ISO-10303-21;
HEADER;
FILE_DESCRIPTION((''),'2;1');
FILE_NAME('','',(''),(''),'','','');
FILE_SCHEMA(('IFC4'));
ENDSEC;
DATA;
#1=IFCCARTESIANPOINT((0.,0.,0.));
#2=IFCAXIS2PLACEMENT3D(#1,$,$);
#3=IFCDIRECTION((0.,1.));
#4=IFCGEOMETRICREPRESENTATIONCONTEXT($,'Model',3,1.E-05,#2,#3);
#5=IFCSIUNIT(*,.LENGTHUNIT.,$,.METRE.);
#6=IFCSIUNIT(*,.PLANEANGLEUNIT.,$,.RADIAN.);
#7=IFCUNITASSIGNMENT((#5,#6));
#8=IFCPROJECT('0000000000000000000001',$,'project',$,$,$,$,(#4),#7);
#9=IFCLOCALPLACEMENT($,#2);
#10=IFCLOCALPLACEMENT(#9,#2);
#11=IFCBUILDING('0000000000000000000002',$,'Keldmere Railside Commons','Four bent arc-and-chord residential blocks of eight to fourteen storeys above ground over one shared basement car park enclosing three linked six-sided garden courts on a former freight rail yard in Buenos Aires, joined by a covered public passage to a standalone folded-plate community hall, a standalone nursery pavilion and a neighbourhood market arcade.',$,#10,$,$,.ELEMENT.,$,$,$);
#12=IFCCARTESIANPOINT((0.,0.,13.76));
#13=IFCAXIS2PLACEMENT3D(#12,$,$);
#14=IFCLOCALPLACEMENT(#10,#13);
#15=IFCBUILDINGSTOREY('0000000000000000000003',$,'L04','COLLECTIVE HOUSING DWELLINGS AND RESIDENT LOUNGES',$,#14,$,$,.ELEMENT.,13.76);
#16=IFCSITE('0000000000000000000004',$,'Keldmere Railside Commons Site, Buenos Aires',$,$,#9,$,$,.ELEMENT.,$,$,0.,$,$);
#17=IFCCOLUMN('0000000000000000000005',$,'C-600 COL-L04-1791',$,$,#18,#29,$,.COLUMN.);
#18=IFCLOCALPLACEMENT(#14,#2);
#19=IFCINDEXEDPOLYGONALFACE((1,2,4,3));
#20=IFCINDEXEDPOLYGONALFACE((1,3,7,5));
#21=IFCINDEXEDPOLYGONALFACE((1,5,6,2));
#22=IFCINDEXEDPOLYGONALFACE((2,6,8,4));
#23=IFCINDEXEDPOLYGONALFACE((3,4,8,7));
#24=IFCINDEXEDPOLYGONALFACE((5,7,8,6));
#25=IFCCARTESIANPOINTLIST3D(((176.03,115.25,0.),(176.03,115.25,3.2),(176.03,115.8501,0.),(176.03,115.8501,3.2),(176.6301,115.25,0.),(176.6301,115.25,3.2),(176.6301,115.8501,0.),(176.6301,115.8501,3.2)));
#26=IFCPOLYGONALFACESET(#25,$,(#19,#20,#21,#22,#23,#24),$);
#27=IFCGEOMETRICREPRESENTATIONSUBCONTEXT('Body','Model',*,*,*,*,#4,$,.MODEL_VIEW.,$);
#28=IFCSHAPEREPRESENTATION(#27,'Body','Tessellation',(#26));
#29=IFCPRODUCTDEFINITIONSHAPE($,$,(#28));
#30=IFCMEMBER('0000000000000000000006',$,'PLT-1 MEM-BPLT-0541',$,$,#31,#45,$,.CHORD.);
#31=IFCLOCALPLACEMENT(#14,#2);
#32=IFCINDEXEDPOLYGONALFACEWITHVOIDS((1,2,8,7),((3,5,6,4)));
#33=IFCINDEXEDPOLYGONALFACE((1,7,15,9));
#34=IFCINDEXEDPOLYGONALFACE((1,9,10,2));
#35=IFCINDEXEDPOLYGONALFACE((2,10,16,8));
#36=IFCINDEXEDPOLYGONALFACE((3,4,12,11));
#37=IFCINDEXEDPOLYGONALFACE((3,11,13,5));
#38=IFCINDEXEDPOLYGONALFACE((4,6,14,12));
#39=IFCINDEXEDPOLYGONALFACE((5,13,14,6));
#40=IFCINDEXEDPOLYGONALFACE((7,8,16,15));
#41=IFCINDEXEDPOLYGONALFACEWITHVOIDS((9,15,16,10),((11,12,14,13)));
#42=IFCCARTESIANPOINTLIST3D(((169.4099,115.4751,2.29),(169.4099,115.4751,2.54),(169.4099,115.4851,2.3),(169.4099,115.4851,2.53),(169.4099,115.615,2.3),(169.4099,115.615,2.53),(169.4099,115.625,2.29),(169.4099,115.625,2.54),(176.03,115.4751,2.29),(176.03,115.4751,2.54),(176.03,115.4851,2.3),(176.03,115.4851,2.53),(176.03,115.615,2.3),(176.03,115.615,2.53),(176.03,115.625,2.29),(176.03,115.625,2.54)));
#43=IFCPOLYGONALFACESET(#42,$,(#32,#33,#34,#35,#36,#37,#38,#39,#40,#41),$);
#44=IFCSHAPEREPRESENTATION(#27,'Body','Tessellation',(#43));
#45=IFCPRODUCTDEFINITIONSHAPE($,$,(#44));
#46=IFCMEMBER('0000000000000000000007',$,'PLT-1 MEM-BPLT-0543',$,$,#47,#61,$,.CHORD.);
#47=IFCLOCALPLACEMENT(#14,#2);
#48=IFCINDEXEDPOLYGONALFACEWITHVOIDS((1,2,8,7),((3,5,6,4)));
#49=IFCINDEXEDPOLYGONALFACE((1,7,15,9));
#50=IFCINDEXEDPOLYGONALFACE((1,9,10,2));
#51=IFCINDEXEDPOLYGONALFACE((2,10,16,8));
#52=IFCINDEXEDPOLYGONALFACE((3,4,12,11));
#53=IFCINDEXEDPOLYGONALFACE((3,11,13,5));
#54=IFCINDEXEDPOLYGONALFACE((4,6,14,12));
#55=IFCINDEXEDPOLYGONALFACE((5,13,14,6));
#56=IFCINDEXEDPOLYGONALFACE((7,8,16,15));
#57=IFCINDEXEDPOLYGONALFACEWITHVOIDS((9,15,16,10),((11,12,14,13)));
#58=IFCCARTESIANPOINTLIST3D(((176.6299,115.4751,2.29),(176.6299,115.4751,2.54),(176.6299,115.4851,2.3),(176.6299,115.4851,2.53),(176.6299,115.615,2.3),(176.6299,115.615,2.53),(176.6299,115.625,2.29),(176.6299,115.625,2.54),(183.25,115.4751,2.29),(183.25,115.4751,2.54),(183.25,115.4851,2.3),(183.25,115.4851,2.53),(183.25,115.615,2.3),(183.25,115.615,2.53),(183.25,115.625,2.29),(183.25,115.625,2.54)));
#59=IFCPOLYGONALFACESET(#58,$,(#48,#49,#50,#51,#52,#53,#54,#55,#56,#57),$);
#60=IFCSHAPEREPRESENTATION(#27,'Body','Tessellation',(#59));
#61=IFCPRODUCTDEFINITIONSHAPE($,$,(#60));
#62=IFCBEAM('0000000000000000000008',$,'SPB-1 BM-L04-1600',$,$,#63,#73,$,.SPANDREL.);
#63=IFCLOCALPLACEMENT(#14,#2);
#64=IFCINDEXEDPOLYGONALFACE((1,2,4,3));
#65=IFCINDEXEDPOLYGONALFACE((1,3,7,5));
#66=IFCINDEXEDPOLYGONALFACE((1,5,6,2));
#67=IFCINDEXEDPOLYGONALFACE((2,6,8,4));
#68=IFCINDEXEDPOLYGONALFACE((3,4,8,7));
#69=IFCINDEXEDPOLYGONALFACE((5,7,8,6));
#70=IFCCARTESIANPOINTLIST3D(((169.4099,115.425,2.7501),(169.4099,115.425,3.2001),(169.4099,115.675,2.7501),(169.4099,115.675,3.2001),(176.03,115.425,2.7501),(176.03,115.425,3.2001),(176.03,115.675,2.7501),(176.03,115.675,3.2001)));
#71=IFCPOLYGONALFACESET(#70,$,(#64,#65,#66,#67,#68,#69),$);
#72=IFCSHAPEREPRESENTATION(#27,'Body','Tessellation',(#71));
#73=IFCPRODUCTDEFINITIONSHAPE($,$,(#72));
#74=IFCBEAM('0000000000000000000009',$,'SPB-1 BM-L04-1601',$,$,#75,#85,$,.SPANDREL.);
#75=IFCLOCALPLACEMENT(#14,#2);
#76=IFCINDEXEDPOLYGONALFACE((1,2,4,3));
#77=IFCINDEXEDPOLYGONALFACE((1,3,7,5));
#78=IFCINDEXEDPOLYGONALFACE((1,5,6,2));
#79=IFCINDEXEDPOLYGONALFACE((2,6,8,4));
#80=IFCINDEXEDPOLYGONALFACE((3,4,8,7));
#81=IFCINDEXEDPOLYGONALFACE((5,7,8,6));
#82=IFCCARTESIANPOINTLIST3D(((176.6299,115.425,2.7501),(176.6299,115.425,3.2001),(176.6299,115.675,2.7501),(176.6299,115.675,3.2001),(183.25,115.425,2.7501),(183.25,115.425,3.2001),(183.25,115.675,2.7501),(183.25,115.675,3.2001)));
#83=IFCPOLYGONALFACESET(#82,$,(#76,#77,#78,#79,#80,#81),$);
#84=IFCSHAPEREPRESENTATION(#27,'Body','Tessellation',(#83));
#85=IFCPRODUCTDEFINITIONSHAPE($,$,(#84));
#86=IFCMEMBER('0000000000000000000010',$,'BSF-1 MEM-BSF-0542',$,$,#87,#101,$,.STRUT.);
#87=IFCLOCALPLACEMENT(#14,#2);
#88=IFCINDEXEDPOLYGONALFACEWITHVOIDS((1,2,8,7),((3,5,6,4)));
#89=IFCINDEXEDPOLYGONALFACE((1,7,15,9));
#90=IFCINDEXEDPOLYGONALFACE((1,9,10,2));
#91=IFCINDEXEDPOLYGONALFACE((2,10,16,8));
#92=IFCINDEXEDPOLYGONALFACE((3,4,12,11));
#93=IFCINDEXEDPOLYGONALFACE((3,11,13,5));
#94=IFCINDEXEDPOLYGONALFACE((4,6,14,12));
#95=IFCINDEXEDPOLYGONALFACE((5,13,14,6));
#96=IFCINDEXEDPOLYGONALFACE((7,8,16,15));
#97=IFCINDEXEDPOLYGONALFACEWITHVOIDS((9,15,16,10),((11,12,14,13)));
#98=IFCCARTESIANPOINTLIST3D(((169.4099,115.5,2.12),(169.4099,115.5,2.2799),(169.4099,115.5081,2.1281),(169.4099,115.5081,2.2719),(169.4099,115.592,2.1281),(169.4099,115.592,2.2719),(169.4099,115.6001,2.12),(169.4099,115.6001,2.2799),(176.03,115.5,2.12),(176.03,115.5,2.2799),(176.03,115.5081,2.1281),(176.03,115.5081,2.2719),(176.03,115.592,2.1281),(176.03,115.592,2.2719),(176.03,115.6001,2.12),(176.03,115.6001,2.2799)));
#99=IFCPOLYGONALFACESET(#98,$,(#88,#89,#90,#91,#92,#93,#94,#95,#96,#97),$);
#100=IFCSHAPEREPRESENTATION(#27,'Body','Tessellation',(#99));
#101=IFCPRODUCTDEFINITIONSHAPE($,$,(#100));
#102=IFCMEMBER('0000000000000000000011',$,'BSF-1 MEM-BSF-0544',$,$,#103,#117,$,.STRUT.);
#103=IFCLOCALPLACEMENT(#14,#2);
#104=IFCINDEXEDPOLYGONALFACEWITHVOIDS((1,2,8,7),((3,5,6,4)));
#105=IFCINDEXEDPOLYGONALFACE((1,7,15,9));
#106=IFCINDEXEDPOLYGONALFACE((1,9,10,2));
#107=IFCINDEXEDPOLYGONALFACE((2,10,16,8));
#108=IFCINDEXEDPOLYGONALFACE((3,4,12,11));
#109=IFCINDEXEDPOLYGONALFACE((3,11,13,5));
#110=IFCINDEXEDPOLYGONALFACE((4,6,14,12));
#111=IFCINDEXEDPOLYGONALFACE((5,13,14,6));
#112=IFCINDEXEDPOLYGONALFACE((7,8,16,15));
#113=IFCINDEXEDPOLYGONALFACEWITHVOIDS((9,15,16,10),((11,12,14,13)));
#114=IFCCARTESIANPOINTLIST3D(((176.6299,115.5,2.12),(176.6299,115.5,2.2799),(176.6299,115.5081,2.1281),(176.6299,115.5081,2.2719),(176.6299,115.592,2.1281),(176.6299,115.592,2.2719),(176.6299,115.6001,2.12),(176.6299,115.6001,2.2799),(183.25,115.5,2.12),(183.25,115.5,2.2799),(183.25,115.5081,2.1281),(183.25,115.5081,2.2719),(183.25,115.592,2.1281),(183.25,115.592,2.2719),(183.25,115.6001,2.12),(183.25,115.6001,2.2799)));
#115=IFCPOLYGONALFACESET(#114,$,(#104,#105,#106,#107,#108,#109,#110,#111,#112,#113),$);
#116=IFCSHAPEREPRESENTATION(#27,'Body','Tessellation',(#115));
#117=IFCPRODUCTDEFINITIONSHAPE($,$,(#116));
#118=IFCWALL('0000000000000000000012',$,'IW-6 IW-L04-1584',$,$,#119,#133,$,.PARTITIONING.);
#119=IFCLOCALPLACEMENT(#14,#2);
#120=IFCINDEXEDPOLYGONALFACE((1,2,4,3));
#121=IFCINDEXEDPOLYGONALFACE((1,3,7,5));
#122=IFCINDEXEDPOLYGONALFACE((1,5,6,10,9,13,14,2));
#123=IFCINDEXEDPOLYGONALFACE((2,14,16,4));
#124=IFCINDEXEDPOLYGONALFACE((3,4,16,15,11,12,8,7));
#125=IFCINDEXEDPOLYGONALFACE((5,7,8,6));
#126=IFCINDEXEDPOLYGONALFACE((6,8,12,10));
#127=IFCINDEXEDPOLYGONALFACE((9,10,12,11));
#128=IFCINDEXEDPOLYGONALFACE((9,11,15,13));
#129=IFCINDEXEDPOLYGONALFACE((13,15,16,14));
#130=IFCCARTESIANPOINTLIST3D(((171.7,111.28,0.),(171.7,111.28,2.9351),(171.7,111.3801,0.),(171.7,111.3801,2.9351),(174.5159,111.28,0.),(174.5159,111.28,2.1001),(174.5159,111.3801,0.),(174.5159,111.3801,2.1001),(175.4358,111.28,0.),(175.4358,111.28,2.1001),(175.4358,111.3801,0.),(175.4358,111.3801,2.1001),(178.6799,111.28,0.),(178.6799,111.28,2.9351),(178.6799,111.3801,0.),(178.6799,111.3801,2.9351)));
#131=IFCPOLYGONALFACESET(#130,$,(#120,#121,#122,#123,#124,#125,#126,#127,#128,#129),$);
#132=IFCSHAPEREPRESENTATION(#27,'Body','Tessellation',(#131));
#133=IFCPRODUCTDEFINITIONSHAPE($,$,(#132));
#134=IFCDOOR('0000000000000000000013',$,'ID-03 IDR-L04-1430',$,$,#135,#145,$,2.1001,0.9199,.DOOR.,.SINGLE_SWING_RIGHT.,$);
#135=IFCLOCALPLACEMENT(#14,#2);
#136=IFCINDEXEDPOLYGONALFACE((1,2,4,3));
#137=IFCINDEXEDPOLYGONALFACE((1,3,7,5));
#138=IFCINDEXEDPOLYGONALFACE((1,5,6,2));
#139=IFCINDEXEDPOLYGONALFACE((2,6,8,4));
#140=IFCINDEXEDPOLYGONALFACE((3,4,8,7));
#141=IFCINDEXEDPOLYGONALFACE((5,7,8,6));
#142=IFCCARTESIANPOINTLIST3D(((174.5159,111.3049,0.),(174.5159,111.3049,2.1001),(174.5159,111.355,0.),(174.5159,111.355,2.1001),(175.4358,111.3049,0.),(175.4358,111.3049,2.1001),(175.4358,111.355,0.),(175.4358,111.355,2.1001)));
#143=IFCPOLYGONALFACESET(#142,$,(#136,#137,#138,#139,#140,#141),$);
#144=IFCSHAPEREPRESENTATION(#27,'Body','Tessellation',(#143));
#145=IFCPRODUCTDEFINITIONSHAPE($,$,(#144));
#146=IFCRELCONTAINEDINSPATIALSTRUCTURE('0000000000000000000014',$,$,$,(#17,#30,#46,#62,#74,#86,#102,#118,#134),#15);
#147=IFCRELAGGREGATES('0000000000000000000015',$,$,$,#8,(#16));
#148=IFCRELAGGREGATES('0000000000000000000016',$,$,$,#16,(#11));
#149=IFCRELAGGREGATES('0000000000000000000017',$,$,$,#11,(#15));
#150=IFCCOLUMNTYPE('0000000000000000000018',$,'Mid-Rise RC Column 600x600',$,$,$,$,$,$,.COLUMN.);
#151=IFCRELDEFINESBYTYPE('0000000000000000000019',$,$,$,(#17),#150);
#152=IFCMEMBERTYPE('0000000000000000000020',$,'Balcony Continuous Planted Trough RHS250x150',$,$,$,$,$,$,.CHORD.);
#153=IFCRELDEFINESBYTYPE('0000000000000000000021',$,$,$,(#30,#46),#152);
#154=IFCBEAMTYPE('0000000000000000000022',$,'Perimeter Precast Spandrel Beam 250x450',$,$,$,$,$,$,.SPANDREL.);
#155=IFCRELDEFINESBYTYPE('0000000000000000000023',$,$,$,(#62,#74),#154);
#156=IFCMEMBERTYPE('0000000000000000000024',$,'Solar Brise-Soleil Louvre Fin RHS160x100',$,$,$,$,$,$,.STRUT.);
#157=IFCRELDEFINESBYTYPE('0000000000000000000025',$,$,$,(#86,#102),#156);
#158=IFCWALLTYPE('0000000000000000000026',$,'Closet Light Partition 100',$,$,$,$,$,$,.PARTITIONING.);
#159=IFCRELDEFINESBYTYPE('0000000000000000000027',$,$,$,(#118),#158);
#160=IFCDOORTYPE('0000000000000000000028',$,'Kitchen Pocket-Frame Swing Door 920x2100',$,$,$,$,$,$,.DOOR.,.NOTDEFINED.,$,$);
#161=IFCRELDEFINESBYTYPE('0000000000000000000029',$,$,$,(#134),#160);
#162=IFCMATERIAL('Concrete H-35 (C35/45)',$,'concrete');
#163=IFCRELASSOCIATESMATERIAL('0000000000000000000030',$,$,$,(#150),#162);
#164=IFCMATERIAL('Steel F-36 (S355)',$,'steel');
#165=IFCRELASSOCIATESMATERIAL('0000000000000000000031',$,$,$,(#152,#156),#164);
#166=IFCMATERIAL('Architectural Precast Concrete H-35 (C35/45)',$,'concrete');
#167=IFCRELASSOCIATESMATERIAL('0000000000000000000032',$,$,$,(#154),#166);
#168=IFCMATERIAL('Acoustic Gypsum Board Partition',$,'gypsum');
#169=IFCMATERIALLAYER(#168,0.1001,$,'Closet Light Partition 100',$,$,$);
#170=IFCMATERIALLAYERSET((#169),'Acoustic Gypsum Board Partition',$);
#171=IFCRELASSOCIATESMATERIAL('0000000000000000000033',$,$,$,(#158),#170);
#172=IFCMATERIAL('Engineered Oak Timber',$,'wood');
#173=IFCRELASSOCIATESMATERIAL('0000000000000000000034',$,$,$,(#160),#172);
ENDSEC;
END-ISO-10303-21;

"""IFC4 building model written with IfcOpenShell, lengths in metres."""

from ifc_helpers import new_model, si_unit, direction, frame, frame_2d, origin, origin_2d, place, context, subcontext, project, spatial, rectangle, hollow_rectangle, extrude, material, layer, layer_set, material_profile, profile_set, type_object, element, fill, save


model = new_model("IFC4")

# Units and contexts
model_context = context("Model", 3, precision=1e-05, world=origin(), true_north=direction((0.0, 1.0)))
body_context = subcontext(model_context, "Body", "Model", "MODEL_VIEW")
ifc_project = project(units=[si_unit("LENGTHUNIT", "METRE"), si_unit("PLANEANGLEUNIT", "RADIAN")], contexts=[model_context])

# Site, building, storey
site_placement = place(None, origin())
site = spatial("IfcSite", under=ifc_project, at=site_placement, Name="Keldmere Railside Commons Site, Buenos Aires", CompositionType="ELEMENT", RefElevation=0.0)
building_placement = place(site_placement, origin())
building = spatial("IfcBuilding", under=site, at=building_placement, Name="Keldmere Railside Commons", Description="Four bent arc-and-chord residential blocks of eight to fourteen storeys above ground over one shared basement car park enclosing three linked six-sided garden courts on a former freight rail yard in Buenos Aires, joined by a covered public passage to a standalone folded-plate community hall, a standalone nursery pavilion and a neighbourhood market arcade.", CompositionType="ELEMENT")
storey_placement = place(building_placement, frame((0.0, 0.0, 13.76)))
storey = spatial("IfcBuildingStorey", under=building, at=storey_placement, Name="L04", Description="COLLECTIVE HOUSING DWELLINGS AND RESIDENT LOUNGES", CompositionType="ELEMENT", Elevation=13.76)

# Column
ifc_material_1 = material(Name="Concrete H-35 (C35/45)", Category="concrete")
ifc_material_profile_1 = material_profile(ifc_material_1, rectangle(XDim=0.6001, YDim=0.6001, at=origin_2d()), Name="RC-600x600")
ifc_profile_set_1 = profile_set([ifc_material_profile_1], Name="Concrete H-35 (C35/45)")
column_type = type_object("IfcColumnType", Name="Mid-Rise RC Column 600x600", PredefinedType="COLUMN", material=ifc_profile_set_1)
column_placement = place(storey_placement, frame((176.3301, 115.55, 0.0), z_axis=(0.0, 0.0, 1.0), x_axis=(1.0, 0.0, 0.0)))
element("IfcColumn", 1, at=column_placement, inside=storey, type_object=column_type, Name="C-600 COL-L04-1791", PredefinedType="COLUMN", context=body_context, shape_type="SweptSolid", body=[
    extrude(rectangle(XDim=0.6001, YDim=0.6001, at=origin_2d()), origin(), (0.0, 0.0, 1.0), 3.2),
])

# Members
ifc_material_2 = material(Name="Steel F-36 (S355)", Category="steel")
ifc_material_profile_2 = material_profile(ifc_material_2, hollow_rectangle(XDim=0.1499, YDim=0.25, WallThickness=0.01, at=origin_2d()), Name="RHS-250x150x10")
ifc_profile_set_2 = profile_set([ifc_material_profile_2], Name="Steel F-36 (S355)")
member_type_1 = type_object("IfcMemberType", Name="Balcony Continuous Planted Trough RHS250x150", PredefinedType="CHORD", material=ifc_profile_set_2)
for number, where, z_axis, x_axis, name in (
    (2, (169.4099, 115.55, 2.415), (1.0, 0.0, 0.0), (0.0, 1.0, 0.0), "PLT-1 MEM-BPLT-0541"),
    (3, (176.6299, 115.55, 2.415), (1.0, 0.0, 0.0), (0.0, 1.0, 0.0), "PLT-1 MEM-BPLT-0543"),
):
    element("IfcMember", number, at=place(storey_placement, frame(where, z_axis=z_axis, x_axis=x_axis)), inside=storey, type_object=member_type_1, Name=name, PredefinedType="CHORD", context=body_context, shape_type="SweptSolid", body=[
        extrude(hollow_rectangle(XDim=0.1499, YDim=0.25, WallThickness=0.01, at=origin_2d()), origin(), (0.0, 0.0, 1.0), 6.6201),
    ])

# Beams
ifc_material_3 = material(Name="Architectural Precast Concrete H-35 (C35/45)", Category="concrete")
ifc_material_profile_3 = material_profile(ifc_material_3, rectangle(XDim=0.25, YDim=0.45, at=origin_2d()), Name="RC-250x450")
ifc_profile_set_3 = profile_set([ifc_material_profile_3], Name="Architectural Precast Concrete H-35 (C35/45)")
beam_type = type_object("IfcBeamType", Name="Perimeter Precast Spandrel Beam 250x450", PredefinedType="SPANDREL", material=ifc_profile_set_3)
for number, where, z_axis, x_axis, name in (
    (4, (169.4099, 115.55, 2.9751), (1.0, 0.0, 0.0), (0.0, 1.0, 0.0), "SPB-1 BM-L04-1600"),
    (5, (176.6299, 115.55, 2.9751), (1.0, 0.0, 0.0), (0.0, 1.0, 0.0), "SPB-1 BM-L04-1601"),
):
    element("IfcBeam", number, at=place(storey_placement, frame(where, z_axis=z_axis, x_axis=x_axis)), inside=storey, type_object=beam_type, Name=name, PredefinedType="SPANDREL", context=body_context, shape_type="SweptSolid", body=[
        extrude(rectangle(XDim=0.25, YDim=0.45, at=origin_2d()), origin(), (0.0, 0.0, 1.0), 6.6201),
    ])

# Members
ifc_material_profile_4 = material_profile(ifc_material_2, hollow_rectangle(XDim=0.1001, YDim=0.1599, WallThickness=0.0081, at=origin_2d()), Name="RHS-160x100x8")
ifc_profile_set_4 = profile_set([ifc_material_profile_4], Name="Steel F-36 (S355)")
member_type_2 = type_object("IfcMemberType", Name="Solar Brise-Soleil Louvre Fin RHS160x100", PredefinedType="STRUT", material=ifc_profile_set_4)
for number, where, z_axis, x_axis, name in (
    (6, (169.4099, 115.55, 2.2), (1.0, 0.0, 0.0), (0.0, 1.0, 0.0), "BSF-1 MEM-BSF-0542"),
    (7, (176.6299, 115.55, 2.2), (1.0, 0.0, 0.0), (0.0, 1.0, 0.0), "BSF-1 MEM-BSF-0544"),
):
    element("IfcMember", number, at=place(storey_placement, frame(where, z_axis=z_axis, x_axis=x_axis)), inside=storey, type_object=member_type_2, Name=name, PredefinedType="STRUT", context=body_context, shape_type="SweptSolid", body=[
        extrude(hollow_rectangle(XDim=0.1001, YDim=0.1599, WallThickness=0.0081, at=origin_2d()), origin(), (0.0, 0.0, 1.0), 6.6201),
    ])

# Wall, opening, door
ifc_material_4 = material(Name="Acoustic Gypsum Board Partition", Category="gypsum")
ifc_layer = layer(ifc_material_4, 0.1001, Name="Closet Light Partition 100")
ifc_layer_set = layer_set([ifc_layer], Name="Acoustic Gypsum Board Partition")
wall_type = type_object("IfcWallType", Name="Closet Light Partition 100", PredefinedType="PARTITIONING", material=ifc_layer_set)
wall_placement = place(storey_placement, frame((171.7, 111.3301, 0.0), z_axis=(0.0, 0.0, 1.0), x_axis=(1.0, 0.0, 0.0)))
wall = element("IfcWall", 8, at=wall_placement, inside=storey, type_object=wall_type, Name="IW-6 IW-L04-1584", PredefinedType="PARTITIONING", context=body_context, shape_type="SweptSolid", body=[
    extrude(rectangle(XDim=6.98, YDim=0.1001, at=frame_2d((3.49, 0.0))), origin(), (0.0, 0.0, 1.0), 2.9351),
])
opening_placement = place(wall_placement, frame((2.8159, 0.0, 0.0)))
opening = element("IfcOpeningElement", 9, at=opening_placement, cuts=wall, PredefinedType="OPENING", context=body_context, shape_type="SweptSolid", body=[
    extrude(rectangle(XDim=0.9199, YDim=2.1001, at=frame_2d((0.46, 1.05))), frame((0.0, 0.0601, 0.0), z_axis=(0.0, -1.0, 0.0), x_axis=(1.0, 0.0, 0.0)), (0.0, 0.0, 1.0), 0.1201),
])
ifc_material_5 = material(Name="Engineered Oak Timber", Category="wood")
door_type = type_object("IfcDoorType", Name="Kitchen Pocket-Frame Swing Door 920x2100", OperationType="NOTDEFINED", PredefinedType="DOOR", material=ifc_material_5)
door_placement = place(opening_placement, origin())
door = element("IfcDoor", 10, at=door_placement, inside=storey, type_object=door_type, Name="ID-03 IDR-L04-1430", OperationType="SINGLE_SWING_RIGHT", OverallHeight=2.1001, OverallWidth=0.9199, PredefinedType="DOOR", context=body_context, shape_type="SweptSolid", body=[
    extrude(rectangle(XDim=0.9199, YDim=2.1001, at=frame_2d((0.46, 1.05))), frame((0.0, 0.0249, 0.0), z_axis=(0.0, -1.0, 0.0), x_axis=(1.0, 0.0, 0.0)), (0.0, 0.0, 1.0), 0.05),
])
fill(opening, door)

save(model, "model.ifc")
